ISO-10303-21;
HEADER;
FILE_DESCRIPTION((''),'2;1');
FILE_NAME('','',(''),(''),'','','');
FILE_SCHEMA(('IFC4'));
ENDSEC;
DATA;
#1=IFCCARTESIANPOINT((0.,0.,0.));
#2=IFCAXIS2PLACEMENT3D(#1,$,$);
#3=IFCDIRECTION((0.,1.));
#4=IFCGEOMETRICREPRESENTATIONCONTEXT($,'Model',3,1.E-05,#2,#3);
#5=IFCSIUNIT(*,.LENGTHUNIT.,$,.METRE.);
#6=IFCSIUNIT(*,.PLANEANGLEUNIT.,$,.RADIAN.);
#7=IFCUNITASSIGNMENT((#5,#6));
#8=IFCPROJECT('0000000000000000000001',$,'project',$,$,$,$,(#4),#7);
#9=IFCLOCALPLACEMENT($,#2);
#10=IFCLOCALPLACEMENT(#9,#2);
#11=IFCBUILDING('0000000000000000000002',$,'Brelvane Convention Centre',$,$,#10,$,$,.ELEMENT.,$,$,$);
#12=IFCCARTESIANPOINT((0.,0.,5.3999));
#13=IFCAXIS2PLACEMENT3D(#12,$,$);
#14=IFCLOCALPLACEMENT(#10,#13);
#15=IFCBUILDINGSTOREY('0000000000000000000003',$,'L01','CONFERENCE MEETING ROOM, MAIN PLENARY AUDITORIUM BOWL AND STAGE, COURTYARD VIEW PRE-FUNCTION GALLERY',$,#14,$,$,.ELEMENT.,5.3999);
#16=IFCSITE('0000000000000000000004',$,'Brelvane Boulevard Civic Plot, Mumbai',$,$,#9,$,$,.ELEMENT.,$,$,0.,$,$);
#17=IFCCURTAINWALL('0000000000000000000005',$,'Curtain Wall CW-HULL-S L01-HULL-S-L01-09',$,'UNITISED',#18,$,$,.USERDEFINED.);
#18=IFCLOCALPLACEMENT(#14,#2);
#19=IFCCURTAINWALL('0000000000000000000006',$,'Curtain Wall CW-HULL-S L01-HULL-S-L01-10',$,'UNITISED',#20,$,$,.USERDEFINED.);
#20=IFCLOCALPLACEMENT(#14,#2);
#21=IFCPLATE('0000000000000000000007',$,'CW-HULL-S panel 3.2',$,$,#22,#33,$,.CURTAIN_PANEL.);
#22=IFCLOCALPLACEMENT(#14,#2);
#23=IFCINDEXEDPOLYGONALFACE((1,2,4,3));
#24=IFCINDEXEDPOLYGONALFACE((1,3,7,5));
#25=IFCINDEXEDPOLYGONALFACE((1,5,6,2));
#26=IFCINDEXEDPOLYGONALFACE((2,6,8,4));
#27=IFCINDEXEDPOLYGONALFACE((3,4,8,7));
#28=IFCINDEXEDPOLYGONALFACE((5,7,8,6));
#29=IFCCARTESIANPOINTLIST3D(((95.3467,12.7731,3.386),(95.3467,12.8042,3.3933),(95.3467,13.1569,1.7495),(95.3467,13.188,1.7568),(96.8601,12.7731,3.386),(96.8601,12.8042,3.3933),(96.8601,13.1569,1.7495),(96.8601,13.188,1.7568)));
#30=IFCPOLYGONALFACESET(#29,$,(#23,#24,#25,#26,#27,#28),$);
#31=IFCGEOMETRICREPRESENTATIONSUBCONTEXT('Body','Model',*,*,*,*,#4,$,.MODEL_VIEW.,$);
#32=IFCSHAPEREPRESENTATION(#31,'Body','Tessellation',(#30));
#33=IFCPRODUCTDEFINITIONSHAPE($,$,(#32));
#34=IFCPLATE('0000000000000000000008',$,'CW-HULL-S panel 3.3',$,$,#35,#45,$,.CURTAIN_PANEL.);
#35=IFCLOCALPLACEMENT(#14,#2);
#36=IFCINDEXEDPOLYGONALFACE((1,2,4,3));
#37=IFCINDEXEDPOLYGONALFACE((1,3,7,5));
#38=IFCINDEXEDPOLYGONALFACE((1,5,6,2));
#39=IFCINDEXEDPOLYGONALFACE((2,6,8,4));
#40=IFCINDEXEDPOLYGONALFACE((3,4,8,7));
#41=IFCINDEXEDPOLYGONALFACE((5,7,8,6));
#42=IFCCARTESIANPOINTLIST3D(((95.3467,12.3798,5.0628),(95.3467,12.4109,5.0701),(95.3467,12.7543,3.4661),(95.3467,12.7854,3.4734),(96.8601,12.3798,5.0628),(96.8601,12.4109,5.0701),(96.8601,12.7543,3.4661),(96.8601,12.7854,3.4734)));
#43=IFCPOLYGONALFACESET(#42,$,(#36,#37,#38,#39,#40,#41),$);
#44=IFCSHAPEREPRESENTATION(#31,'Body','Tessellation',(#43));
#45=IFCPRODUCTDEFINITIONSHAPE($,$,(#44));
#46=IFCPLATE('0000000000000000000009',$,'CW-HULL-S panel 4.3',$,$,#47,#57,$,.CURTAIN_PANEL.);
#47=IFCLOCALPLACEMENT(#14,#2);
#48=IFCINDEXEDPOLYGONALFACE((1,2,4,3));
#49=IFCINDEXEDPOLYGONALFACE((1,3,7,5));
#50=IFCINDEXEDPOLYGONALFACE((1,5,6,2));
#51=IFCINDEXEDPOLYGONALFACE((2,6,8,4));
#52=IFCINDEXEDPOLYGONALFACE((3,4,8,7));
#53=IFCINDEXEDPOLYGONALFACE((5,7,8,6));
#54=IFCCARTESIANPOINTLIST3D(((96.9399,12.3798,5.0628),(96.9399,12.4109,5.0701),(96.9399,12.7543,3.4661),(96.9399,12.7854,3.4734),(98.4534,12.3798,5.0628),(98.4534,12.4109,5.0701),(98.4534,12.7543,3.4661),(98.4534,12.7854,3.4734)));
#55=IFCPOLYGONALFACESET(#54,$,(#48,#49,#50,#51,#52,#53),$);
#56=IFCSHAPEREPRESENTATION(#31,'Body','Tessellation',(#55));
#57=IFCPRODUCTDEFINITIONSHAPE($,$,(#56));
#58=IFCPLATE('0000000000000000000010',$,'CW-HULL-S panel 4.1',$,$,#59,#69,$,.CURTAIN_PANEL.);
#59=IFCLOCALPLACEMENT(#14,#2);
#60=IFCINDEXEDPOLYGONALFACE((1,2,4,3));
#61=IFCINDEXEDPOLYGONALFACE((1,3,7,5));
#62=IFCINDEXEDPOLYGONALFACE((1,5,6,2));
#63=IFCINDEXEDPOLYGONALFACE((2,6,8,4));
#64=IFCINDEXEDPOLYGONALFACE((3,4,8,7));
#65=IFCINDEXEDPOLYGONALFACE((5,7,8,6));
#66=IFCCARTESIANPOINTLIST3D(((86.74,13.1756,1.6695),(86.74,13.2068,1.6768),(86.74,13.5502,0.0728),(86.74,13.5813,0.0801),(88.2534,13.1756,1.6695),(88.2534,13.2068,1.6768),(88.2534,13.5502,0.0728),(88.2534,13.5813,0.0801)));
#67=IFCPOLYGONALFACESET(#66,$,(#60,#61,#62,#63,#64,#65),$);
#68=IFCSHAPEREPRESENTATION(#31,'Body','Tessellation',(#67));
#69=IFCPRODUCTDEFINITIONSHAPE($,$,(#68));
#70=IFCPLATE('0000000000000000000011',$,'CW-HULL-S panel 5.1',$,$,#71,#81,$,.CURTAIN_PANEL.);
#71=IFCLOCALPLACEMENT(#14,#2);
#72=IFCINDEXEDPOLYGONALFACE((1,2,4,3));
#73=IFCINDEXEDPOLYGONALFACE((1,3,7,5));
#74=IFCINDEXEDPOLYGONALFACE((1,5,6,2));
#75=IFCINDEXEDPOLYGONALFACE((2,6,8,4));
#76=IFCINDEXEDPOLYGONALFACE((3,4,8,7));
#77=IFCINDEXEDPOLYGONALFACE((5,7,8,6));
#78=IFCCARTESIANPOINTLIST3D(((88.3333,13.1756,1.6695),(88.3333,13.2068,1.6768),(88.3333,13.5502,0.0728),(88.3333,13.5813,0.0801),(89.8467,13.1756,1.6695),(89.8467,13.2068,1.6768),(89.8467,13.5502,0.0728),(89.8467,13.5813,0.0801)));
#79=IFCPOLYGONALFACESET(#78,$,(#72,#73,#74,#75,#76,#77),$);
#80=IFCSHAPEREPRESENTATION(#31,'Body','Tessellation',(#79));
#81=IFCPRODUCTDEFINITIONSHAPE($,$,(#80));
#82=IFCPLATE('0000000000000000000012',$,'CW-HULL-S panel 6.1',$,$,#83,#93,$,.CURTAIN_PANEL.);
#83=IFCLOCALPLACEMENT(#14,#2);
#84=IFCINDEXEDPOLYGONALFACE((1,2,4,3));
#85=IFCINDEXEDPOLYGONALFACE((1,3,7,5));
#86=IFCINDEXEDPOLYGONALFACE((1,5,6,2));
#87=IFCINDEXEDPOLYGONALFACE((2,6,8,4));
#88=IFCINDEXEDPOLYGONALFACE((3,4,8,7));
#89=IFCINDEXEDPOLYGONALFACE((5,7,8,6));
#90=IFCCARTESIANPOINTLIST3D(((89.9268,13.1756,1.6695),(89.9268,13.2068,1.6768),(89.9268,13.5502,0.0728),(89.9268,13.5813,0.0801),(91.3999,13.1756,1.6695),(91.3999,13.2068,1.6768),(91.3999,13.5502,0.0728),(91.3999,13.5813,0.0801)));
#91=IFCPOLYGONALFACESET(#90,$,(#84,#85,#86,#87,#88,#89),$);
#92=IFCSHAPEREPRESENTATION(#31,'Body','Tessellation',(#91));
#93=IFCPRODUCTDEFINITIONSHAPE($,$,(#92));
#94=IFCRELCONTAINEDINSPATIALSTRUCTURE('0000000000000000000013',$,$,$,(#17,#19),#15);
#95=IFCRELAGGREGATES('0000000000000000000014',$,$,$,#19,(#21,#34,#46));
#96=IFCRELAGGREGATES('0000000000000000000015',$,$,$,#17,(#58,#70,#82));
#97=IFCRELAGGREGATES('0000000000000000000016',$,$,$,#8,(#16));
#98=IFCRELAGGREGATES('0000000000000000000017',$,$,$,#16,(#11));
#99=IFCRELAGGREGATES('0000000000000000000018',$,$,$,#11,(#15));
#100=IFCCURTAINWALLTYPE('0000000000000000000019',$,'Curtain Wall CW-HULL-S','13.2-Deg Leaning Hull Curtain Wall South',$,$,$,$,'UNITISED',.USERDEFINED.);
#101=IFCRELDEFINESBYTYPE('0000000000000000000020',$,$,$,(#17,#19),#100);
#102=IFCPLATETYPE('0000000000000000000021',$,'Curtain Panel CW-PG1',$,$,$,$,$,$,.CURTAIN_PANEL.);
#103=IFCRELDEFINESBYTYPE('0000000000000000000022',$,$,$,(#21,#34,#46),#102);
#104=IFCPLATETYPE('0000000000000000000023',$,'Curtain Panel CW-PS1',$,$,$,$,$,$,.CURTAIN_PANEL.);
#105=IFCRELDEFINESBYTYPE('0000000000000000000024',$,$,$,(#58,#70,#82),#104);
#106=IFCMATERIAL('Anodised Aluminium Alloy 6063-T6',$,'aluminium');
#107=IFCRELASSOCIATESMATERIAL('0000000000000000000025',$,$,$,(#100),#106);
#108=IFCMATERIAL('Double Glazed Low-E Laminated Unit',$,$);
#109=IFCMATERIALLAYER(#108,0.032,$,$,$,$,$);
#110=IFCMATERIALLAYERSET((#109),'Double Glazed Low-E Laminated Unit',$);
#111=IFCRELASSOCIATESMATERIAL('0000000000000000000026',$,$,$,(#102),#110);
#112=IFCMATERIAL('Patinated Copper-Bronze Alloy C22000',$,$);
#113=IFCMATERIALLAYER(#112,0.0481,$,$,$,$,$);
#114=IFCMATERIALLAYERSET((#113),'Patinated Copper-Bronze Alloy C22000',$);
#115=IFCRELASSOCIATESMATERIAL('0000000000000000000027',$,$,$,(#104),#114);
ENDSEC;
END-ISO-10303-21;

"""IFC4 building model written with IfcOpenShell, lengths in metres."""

from ifc_helpers import new_model, si_unit, direction, frame, origin, place, context, subcontext, project, spatial, polyline, outline, extrude, material, layer, layer_set, type_object, element, aggregate, save


model = new_model("IFC4")

# Units and contexts
model_context = context("Model", 3, precision=1e-05, world=origin(), true_north=direction((0.0, 1.0)))
body_context = subcontext(model_context, "Body", "Model", "MODEL_VIEW")
ifc_project = project(units=[si_unit("LENGTHUNIT", "METRE"), si_unit("PLANEANGLEUNIT", "RADIAN")], contexts=[model_context])

# Site, building, storey
site_placement = place(None, origin())
site = spatial("IfcSite", under=ifc_project, at=site_placement, Name="Brelvane Boulevard Civic Plot, Mumbai", CompositionType="ELEMENT", RefElevation=0.0)
building_placement = place(site_placement, origin())
building = spatial("IfcBuilding", under=site, at=building_placement, Name="Brelvane Convention Centre", CompositionType="ELEMENT")
storey_placement = place(building_placement, frame((0.0, 0.0, 5.3999)))
storey = spatial("IfcBuildingStorey", under=building, at=storey_placement, Name="L01", Description="CONFERENCE MEETING ROOM, MAIN PLENARY AUDITORIUM BOWL AND STAGE, COURTYARD VIEW PRE-FUNCTION GALLERY", CompositionType="ELEMENT", Elevation=5.3999)

# Curtain walls
ifc_material_1 = material(Name="Anodised Aluminium Alloy 6063-T6", Category="aluminium")
curtain_wall_type = type_object("IfcCurtainWallType", Name="Curtain Wall CW-HULL-S", Description="13.2-Deg Leaning Hull Curtain Wall South", ElementType="UNITISED", PredefinedType="USERDEFINED", material=ifc_material_1)
curtain_wall_1_placement = place(storey_placement, origin())
curtain_wall_1 = element("IfcCurtainWall", 1, at=curtain_wall_1_placement, inside=storey, type_object=curtain_wall_type, Name="Curtain Wall CW-HULL-S L01-HULL-S-L01-09", ObjectType="UNITISED", PredefinedType="USERDEFINED")
curtain_wall_2_placement = place(storey_placement, origin())
curtain_wall_2 = element("IfcCurtainWall", 2, at=curtain_wall_2_placement, inside=storey, type_object=curtain_wall_type, Name="Curtain Wall CW-HULL-S L01-HULL-S-L01-10", ObjectType="UNITISED", PredefinedType="USERDEFINED")

# Plates
ifc_material_2 = material(Name="Double Glazed Low-E Laminated Unit")
ifc_layer_1 = layer(ifc_material_2, 0.032)
ifc_layer_set_1 = layer_set([ifc_layer_1], Name="Double Glazed Low-E Laminated Unit")
plate_type_1 = type_object("IfcPlateType", Name="Curtain Panel CW-PG1", PredefinedType="CURTAIN_PANEL", material=ifc_layer_set_1)
plate_1_placement = place(storey_placement, frame((95.3467, 13.188, 1.7568), z_axis=(0.0, 0.973585, 0.228327), x_axis=(1.0, 0.0, 0.0)))
plate_1 = element("IfcPlate", 3, at=plate_1_placement, type_object=plate_type_1, Name="CW-HULL-S panel 3.2", PredefinedType="CURTAIN_PANEL", context=body_context, shape_type="SweptSolid", body=[
    extrude(outline(polyline([(0.0, 0.0), (1.5134, 0.0), (1.5134, -1.6809), (0.0, -1.6809), (0.0, 0.0)])), origin(), (0.0, 0.0, -1.0), 0.032),
])
plate_2_placement = place(storey_placement, frame((95.3467, 12.7854, 3.4734), z_axis=(0.0, 0.973577, 0.228359), x_axis=(1.0, 0.0, 0.0)))
plate_2 = element("IfcPlate", 4, at=plate_2_placement, type_object=plate_type_1, Name="CW-HULL-S panel 3.3", PredefinedType="CURTAIN_PANEL", context=body_context, shape_type="SweptSolid", body=[
    extrude(outline(polyline([(0.0, 0.0), (1.5134, 0.0), (1.5134, -1.64), (0.0, -1.64), (0.0, 0.0)])), origin(), (0.0, 0.0, -1.0), 0.032),
])
plate_3_placement = place(storey_placement, frame((96.9399, 12.7854, 3.4734), z_axis=(0.0, 0.973577, 0.228359), x_axis=(1.0, 0.0, 0.0)))
plate_3 = element("IfcPlate", 5, at=plate_3_placement, type_object=plate_type_1, Name="CW-HULL-S panel 4.3", PredefinedType="CURTAIN_PANEL", context=body_context, shape_type="SweptSolid", body=[
    extrude(outline(polyline([(0.0, 0.0), (1.5134, 0.0), (1.5134, -1.64), (0.0, -1.64), (0.0, 0.0)])), origin(), (0.0, 0.0, -1.0), 0.032),
])
aggregate(curtain_wall_2, [plate_1, plate_2, plate_3])
ifc_material_3 = material(Name="Patinated Copper-Bronze Alloy C22000")
ifc_layer_2 = layer(ifc_material_3, 0.0481)
ifc_layer_set_2 = layer_set([ifc_layer_2], Name="Patinated Copper-Bronze Alloy C22000")
plate_type_2 = type_object("IfcPlateType", Name="Curtain Panel CW-PS1", PredefinedType="CURTAIN_PANEL", material=ifc_layer_set_2)
plate_4_placement = place(storey_placement, frame((86.74, 13.5813, 0.0801), z_axis=(0.0, 0.973577, 0.228359), x_axis=(1.0, 0.0, 0.0)))
plate_4 = element("IfcPlate", 6, at=plate_4_placement, type_object=plate_type_2, Name="CW-HULL-S panel 4.1", PredefinedType="CURTAIN_PANEL", context=body_context, shape_type="SweptSolid", body=[
    extrude(outline(polyline([(0.0, 0.0), (1.5134, 0.0), (1.5134, -1.64), (0.0, -1.64), (0.0, 0.0)])), origin(), (0.0, 0.0, -1.0), 0.032),
])
plate_5_placement = place(storey_placement, frame((88.3333, 13.5813, 0.0801), z_axis=(0.0, 0.973577, 0.228359), x_axis=(1.0, 0.0, 0.0)))
plate_5 = element("IfcPlate", 7, at=plate_5_placement, type_object=plate_type_2, Name="CW-HULL-S panel 5.1", PredefinedType="CURTAIN_PANEL", context=body_context, shape_type="SweptSolid", body=[
    extrude(outline(polyline([(0.0, 0.0), (1.5134, 0.0), (1.5134, -1.64), (0.0, -1.64), (0.0, 0.0)])), origin(), (0.0, 0.0, -1.0), 0.032),
])
plate_6_placement = place(storey_placement, frame((89.9268, 13.5813, 0.0801), z_axis=(0.0, 0.973577, 0.228359), x_axis=(1.0, 0.0, 0.0)))
plate_6 = element("IfcPlate", 8, at=plate_6_placement, type_object=plate_type_2, Name="CW-HULL-S panel 6.1", PredefinedType="CURTAIN_PANEL", context=body_context, shape_type="SweptSolid", body=[
    extrude(outline(polyline([(0.0, 0.0), (1.4731, 0.0), (1.4731, -1.64), (0.0, -1.64), (0.0, 0.0)])), origin(), (0.0, 0.0, -1.0), 0.032),
])
aggregate(curtain_wall_1, [plate_4, plate_5, plate_6])

save(model, "model.ifc")
